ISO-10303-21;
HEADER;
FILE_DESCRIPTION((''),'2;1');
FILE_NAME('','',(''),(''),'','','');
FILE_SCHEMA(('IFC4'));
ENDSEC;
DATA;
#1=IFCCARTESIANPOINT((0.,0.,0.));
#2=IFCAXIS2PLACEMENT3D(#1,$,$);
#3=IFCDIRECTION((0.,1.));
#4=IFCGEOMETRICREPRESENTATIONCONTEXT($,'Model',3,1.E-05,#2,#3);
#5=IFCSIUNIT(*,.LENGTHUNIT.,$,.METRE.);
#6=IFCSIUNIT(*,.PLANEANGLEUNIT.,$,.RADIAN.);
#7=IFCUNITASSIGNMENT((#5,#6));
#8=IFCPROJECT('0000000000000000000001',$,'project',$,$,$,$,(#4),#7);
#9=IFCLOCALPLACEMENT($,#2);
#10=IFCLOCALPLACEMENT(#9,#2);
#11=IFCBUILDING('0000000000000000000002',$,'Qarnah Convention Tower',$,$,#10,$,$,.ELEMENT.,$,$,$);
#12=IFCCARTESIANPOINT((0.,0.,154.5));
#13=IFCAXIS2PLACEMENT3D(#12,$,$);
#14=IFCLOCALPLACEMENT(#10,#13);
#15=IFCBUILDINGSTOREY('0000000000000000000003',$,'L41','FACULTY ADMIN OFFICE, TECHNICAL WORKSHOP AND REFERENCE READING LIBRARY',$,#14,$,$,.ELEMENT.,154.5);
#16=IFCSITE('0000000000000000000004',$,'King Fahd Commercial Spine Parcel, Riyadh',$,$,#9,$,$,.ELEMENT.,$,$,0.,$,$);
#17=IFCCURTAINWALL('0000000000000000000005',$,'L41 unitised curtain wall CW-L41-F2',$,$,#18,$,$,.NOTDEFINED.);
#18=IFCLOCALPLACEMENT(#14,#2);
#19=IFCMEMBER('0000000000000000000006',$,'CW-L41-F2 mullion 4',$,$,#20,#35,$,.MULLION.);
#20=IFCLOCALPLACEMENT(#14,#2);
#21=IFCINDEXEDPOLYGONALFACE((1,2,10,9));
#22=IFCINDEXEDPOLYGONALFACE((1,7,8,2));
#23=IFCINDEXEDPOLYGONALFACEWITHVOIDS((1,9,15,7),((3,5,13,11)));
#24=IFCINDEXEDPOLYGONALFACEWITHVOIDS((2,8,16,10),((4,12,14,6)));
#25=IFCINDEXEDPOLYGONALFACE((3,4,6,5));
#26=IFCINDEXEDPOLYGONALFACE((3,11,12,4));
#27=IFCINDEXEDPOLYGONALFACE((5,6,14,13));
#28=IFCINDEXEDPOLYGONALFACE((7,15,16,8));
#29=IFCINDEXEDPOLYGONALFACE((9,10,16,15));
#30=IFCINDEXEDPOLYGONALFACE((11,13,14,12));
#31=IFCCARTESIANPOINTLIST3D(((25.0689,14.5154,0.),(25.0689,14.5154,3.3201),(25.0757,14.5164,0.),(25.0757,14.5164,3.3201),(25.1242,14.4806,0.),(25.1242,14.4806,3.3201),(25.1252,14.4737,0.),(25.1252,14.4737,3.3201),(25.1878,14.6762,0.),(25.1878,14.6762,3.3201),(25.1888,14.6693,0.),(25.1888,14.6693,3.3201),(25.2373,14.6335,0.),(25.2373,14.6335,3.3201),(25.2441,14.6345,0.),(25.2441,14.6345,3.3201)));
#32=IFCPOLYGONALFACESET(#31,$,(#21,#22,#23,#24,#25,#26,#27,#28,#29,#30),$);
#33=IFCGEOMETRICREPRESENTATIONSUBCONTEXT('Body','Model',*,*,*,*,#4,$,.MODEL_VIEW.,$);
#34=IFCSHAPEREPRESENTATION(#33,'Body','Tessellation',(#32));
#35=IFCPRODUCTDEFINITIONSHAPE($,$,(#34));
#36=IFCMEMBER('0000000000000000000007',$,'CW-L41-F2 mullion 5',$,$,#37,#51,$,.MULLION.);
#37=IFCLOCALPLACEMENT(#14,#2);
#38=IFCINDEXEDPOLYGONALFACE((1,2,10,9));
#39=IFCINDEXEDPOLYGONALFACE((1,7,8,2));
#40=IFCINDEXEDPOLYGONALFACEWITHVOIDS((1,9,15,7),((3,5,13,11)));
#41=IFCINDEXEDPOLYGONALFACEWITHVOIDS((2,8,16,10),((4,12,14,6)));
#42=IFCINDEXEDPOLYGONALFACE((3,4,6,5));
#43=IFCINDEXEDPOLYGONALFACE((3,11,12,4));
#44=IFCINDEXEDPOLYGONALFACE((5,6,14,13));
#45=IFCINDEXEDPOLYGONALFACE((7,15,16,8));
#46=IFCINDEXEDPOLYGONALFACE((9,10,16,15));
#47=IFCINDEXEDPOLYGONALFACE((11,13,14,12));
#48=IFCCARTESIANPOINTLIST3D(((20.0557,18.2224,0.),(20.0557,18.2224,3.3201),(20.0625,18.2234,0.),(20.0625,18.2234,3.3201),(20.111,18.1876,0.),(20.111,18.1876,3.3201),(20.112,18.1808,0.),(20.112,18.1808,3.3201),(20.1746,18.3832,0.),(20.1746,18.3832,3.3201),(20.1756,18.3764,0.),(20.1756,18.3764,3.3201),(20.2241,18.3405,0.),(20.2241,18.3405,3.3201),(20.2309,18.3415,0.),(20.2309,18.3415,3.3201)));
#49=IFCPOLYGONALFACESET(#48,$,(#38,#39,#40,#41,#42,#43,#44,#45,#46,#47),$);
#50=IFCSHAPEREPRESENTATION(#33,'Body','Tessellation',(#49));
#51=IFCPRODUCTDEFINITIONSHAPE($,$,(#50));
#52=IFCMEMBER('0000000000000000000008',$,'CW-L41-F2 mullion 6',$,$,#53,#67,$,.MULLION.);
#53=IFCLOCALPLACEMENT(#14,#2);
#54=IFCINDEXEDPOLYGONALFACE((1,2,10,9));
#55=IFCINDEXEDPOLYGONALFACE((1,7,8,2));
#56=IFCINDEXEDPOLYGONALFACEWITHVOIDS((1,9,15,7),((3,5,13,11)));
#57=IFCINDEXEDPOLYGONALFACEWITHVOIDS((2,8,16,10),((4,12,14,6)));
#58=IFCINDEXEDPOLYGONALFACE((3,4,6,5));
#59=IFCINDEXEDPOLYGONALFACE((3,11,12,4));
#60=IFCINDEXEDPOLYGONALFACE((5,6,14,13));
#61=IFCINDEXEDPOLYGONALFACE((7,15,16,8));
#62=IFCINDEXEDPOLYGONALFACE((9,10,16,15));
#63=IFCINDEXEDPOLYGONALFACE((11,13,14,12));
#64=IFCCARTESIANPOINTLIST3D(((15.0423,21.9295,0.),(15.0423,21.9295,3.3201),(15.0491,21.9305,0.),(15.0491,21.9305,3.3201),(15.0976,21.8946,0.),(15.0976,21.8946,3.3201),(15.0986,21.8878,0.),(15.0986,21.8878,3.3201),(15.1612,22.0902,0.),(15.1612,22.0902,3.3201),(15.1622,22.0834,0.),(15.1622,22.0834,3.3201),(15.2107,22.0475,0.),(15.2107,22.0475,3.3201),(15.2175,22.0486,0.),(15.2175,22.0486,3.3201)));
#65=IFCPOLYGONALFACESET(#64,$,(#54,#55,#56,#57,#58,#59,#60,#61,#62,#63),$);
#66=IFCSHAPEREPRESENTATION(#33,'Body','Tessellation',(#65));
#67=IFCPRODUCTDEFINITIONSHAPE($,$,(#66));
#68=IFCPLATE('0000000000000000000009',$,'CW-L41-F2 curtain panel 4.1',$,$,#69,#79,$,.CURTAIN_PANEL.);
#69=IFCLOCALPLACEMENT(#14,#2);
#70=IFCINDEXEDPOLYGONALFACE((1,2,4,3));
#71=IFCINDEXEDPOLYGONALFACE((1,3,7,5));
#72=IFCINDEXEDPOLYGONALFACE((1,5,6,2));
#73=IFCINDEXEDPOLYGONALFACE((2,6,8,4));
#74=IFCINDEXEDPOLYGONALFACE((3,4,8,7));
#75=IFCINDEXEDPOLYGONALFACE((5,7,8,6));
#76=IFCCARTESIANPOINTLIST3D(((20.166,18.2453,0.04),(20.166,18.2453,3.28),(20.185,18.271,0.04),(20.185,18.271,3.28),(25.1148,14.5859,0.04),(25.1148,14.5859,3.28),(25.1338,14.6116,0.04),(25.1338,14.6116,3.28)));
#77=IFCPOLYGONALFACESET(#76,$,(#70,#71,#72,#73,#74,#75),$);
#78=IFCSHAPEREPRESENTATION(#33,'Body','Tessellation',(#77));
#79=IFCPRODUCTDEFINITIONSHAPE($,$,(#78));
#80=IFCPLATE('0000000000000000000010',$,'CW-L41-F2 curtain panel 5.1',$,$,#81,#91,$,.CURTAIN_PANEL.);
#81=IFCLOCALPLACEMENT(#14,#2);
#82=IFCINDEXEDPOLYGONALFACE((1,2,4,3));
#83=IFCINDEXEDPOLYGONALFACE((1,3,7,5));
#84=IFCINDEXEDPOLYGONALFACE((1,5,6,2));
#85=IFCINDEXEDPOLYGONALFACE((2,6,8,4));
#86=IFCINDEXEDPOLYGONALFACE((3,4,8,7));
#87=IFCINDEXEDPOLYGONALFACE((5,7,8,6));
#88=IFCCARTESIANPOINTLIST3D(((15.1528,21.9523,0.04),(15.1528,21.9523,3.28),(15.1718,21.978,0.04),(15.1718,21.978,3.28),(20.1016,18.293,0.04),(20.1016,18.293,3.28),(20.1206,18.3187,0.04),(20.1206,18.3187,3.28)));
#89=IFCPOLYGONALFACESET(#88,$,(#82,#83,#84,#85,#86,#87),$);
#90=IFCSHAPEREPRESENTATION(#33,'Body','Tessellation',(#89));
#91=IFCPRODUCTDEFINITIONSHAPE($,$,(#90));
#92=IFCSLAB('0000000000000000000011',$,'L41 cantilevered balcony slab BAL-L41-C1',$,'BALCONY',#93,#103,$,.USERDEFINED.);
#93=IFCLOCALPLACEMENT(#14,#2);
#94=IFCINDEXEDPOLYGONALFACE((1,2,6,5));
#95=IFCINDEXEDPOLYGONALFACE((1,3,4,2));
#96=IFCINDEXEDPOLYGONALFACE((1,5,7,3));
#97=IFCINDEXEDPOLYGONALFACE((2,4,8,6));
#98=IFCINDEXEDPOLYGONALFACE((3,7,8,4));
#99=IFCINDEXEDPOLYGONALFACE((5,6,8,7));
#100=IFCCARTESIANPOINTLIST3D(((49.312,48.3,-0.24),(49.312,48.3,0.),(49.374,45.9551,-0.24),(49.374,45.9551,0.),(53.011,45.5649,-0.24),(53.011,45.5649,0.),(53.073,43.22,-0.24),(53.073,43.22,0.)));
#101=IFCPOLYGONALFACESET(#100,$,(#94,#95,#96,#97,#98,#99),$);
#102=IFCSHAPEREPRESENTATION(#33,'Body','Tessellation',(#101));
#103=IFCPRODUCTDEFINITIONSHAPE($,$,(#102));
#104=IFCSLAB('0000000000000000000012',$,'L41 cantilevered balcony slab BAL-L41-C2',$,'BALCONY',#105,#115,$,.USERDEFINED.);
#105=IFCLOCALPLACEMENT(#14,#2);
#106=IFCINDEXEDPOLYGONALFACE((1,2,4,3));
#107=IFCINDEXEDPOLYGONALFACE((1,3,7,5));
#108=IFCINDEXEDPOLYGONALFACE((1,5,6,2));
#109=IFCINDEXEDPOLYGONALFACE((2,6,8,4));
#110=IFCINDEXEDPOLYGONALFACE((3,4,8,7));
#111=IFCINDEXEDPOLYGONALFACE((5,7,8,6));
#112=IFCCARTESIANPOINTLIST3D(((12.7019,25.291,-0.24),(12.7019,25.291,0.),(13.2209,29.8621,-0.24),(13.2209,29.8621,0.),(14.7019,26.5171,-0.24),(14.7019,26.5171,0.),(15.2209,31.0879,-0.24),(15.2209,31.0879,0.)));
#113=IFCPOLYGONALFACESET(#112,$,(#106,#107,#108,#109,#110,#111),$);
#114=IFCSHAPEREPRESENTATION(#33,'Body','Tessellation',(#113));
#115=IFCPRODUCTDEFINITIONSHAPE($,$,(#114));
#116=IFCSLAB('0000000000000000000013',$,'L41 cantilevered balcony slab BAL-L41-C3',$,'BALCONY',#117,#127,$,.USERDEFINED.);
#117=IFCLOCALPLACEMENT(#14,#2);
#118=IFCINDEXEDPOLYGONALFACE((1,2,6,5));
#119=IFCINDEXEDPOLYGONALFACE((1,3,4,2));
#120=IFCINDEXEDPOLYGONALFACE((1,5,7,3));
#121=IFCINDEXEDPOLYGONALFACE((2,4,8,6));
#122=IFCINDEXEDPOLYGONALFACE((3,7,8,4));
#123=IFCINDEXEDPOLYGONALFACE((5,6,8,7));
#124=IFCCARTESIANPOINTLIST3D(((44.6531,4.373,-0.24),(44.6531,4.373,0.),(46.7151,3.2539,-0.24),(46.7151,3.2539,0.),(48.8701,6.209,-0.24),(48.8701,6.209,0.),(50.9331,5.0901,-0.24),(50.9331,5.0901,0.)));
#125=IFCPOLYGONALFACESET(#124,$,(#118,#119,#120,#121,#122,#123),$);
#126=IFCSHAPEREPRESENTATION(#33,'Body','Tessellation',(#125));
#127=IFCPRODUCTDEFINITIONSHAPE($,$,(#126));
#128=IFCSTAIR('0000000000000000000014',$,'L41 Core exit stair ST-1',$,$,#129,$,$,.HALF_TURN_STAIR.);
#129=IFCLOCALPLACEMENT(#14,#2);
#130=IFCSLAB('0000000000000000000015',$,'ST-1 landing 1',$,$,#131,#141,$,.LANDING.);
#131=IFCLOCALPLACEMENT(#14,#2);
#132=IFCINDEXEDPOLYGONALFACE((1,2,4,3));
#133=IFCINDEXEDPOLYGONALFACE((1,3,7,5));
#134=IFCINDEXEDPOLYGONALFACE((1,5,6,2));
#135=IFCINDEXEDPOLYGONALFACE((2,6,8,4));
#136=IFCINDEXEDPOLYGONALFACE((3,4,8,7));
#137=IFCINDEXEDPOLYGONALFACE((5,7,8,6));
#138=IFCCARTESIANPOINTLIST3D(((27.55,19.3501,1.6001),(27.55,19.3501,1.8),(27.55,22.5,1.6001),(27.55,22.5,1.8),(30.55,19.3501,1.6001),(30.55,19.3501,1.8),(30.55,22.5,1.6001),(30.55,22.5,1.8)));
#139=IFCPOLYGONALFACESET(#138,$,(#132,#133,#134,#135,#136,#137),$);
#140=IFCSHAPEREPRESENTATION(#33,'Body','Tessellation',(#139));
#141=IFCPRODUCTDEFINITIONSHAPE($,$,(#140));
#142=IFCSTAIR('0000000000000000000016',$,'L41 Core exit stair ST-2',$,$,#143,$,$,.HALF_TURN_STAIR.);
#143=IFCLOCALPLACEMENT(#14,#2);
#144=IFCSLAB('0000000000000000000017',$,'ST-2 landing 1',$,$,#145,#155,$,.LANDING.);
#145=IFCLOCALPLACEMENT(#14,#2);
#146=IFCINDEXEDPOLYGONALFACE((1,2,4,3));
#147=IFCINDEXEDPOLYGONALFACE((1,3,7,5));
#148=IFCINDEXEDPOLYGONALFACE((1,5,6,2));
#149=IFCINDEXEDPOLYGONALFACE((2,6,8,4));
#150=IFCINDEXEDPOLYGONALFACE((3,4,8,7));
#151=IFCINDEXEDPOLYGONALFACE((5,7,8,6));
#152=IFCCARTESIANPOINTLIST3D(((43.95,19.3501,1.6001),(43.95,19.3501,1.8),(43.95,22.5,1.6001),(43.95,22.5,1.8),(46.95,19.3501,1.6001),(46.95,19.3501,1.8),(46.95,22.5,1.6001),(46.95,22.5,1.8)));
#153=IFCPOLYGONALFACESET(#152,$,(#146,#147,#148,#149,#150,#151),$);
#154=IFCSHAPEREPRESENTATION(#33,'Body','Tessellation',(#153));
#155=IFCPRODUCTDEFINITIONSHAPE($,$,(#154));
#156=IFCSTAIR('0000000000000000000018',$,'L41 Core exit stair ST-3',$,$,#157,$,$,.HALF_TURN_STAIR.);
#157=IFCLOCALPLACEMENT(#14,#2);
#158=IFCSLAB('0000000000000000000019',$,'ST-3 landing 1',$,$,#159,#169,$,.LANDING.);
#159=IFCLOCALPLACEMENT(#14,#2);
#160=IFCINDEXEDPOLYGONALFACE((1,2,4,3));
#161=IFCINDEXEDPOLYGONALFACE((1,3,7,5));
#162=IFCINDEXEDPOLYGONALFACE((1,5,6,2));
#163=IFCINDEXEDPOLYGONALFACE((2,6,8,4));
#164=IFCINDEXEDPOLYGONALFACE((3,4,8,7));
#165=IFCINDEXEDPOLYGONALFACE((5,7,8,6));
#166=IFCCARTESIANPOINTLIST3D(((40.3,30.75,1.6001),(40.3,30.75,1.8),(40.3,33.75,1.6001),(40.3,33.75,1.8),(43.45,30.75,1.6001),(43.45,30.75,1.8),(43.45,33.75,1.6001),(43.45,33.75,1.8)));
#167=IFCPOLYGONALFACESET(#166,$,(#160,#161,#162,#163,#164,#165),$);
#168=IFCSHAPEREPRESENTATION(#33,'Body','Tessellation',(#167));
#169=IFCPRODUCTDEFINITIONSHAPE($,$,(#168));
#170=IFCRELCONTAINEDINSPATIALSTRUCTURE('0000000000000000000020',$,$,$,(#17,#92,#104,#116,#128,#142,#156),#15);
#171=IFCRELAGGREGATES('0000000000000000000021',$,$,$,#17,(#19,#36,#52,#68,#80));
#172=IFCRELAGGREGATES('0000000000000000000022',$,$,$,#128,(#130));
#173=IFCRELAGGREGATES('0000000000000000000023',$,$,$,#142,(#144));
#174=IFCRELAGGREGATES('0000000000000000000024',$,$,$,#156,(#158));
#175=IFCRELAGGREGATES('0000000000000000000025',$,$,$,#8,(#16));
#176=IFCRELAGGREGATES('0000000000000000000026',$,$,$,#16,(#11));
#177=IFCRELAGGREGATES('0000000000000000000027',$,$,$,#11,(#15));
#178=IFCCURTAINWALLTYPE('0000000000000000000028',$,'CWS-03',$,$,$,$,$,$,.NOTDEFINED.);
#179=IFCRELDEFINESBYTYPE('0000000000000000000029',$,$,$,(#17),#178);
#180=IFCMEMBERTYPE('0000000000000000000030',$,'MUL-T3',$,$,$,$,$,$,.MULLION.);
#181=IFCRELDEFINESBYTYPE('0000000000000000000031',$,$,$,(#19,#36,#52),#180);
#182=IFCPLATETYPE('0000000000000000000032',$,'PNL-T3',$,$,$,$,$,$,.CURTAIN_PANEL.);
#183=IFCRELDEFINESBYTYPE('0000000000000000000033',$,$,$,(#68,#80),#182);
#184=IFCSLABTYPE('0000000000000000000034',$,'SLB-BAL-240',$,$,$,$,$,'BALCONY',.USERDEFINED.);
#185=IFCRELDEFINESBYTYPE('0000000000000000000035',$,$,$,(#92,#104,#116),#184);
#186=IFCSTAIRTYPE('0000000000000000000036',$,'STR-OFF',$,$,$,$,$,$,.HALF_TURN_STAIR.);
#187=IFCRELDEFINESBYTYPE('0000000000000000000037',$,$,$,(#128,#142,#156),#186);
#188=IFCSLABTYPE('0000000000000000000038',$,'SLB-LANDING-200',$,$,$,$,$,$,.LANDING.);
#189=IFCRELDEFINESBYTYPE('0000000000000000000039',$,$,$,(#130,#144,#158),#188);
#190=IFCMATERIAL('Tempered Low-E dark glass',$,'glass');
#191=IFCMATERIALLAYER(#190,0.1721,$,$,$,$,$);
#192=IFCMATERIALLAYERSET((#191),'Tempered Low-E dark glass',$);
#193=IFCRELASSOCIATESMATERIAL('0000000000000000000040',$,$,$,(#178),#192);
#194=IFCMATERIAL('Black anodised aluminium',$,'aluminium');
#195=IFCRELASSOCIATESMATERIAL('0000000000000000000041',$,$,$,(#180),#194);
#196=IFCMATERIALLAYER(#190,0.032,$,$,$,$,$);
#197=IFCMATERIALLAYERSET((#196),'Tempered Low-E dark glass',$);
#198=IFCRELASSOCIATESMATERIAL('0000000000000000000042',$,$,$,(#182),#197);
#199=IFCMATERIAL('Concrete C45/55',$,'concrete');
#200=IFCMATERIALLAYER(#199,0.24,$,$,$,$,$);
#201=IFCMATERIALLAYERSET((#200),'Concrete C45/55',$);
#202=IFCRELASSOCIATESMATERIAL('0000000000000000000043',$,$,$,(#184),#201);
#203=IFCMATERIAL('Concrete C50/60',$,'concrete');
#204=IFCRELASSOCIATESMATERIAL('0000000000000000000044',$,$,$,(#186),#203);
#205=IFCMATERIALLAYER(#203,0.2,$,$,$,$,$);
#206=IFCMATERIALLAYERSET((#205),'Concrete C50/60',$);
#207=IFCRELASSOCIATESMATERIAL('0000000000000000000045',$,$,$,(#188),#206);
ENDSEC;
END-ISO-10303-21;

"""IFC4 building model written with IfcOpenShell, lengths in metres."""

from ifc_helpers import new_model, si_unit, direction, frame, origin, origin_2d, place, context, subcontext, project, spatial, polyline, rectangle, hollow_rectangle, outline, extrude, material, layer, layer_set, material_profile, profile_set, type_object, element, aggregate, save


model = new_model("IFC4")

# Units and contexts
model_context = context("Model", 3, precision=1e-05, world=origin(), true_north=direction((0.0, 1.0)))
body_context = subcontext(model_context, "Body", "Model", "MODEL_VIEW")
ifc_project = project(units=[si_unit("LENGTHUNIT", "METRE"), si_unit("PLANEANGLEUNIT", "RADIAN")], contexts=[model_context])

# Site, building, storey
site_placement = place(None, origin())
site = spatial("IfcSite", under=ifc_project, at=site_placement, Name="King Fahd Commercial Spine Parcel, Riyadh", CompositionType="ELEMENT", RefElevation=0.0)
building_placement = place(site_placement, origin())
building = spatial("IfcBuilding", under=site, at=building_placement, Name="Qarnah Convention Tower", CompositionType="ELEMENT")
storey_placement = place(building_placement, frame((0.0, 0.0, 154.5)))
storey = spatial("IfcBuildingStorey", under=building, at=storey_placement, Name="L41", Description="FACULTY ADMIN OFFICE, TECHNICAL WORKSHOP AND REFERENCE READING LIBRARY", CompositionType="ELEMENT", Elevation=154.5)

# Curtain wall, members, plates
ifc_material_1 = material(Name="Tempered Low-E dark glass", Category="glass")
ifc_layer_1 = layer(ifc_material_1, 0.1721)
ifc_layer_set_1 = layer_set([ifc_layer_1], Name="Tempered Low-E dark glass")
curtain_wall_type = type_object("IfcCurtainWallType", Name="CWS-03", PredefinedType="NOTDEFINED", material=ifc_layer_set_1)
curtain_wall_placement = place(storey_placement, origin())
curtain_wall = element("IfcCurtainWall", 1, at=curtain_wall_placement, inside=storey, type_object=curtain_wall_type, Name="L41 unitised curtain wall CW-L41-F2", PredefinedType="NOTDEFINED")
ifc_material_2 = material(Name="Black anodised aluminium", Category="aluminium")
ifc_material_profile_1 = material_profile(ifc_material_2, hollow_rectangle(XDim=0.0701, YDim=0.2, WallThickness=0.0049, at=origin_2d()), Name="MUL-70X200")
ifc_profile_set_1 = profile_set([ifc_material_profile_1], Name="Black anodised aluminium")
member_type = type_object("IfcMemberType", Name="MUL-T3", PredefinedType="MULLION", material=ifc_profile_set_1)
member_1_placement = place(storey_placement, frame((25.1565, 14.575, 0.0), z_axis=(0.0, 0.0, 1.0), x_axis=(-0.804054, 0.594556, 0.0)))
member_1 = element("IfcMember", 2, at=member_1_placement, type_object=member_type, Name="CW-L41-F2 mullion 4", PredefinedType="MULLION", context=body_context, shape_type="SweptSolid", body=[
    extrude(hollow_rectangle(XDim=0.0701, YDim=0.2, WallThickness=0.0049, at=origin_2d()), origin(), (0.0, 0.0, 1.0), 3.3201),
])
member_2_placement = place(storey_placement, frame((20.1433, 18.282, 0.0), z_axis=(0.0, 0.0, 1.0), x_axis=(-0.804054, 0.594556, 0.0)))
member_2 = element("IfcMember", 3, at=member_2_placement, type_object=member_type, Name="CW-L41-F2 mullion 5", PredefinedType="MULLION", context=body_context, shape_type="SweptSolid", body=[
    extrude(hollow_rectangle(XDim=0.0701, YDim=0.2, WallThickness=0.0049, at=origin_2d()), origin(), (0.0, 0.0, 1.0), 3.3201),
])
member_3_placement = place(storey_placement, frame((15.1299, 21.989, 0.0), z_axis=(0.0, 0.0, 1.0), x_axis=(-0.804054, 0.594556, 0.0)))
member_3 = element("IfcMember", 4, at=member_3_placement, type_object=member_type, Name="CW-L41-F2 mullion 6", PredefinedType="MULLION", context=body_context, shape_type="SweptSolid", body=[
    extrude(hollow_rectangle(XDim=0.0701, YDim=0.2, WallThickness=0.0049, at=origin_2d()), origin(), (0.0, 0.0, 1.0), 3.3201),
])
ifc_layer_2 = layer(ifc_material_1, 0.032)
ifc_layer_set_2 = layer_set([ifc_layer_2], Name="Tempered Low-E dark glass")
plate_type = type_object("IfcPlateType", Name="PNL-T3", PredefinedType="CURTAIN_PANEL", material=ifc_layer_set_2)
plate_1_placement = place(storey_placement, frame((22.6499, 16.4285, 0.04), z_axis=(0.0, 0.0, 1.0), x_axis=(-0.804054, 0.594556, 0.0)))
plate_1 = element("IfcPlate", 5, at=plate_1_placement, type_object=plate_type, Name="CW-L41-F2 curtain panel 4.1", PredefinedType="CURTAIN_PANEL", context=body_context, shape_type="SweptSolid", body=[
    extrude(rectangle(XDim=6.1548, YDim=0.032, at=origin_2d()), origin(), (0.0, 0.0, 1.0), 3.24),
])
plate_2_placement = place(storey_placement, frame((17.6367, 20.1355, 0.04), z_axis=(0.0, 0.0, 1.0), x_axis=(-0.804054, 0.594556, 0.0)))
plate_2 = element("IfcPlate", 6, at=plate_2_placement, type_object=plate_type, Name="CW-L41-F2 curtain panel 5.1", PredefinedType="CURTAIN_PANEL", context=body_context, shape_type="SweptSolid", body=[
    extrude(rectangle(XDim=6.1548, YDim=0.032, at=origin_2d()), origin(), (0.0, 0.0, 1.0), 3.24),
])
aggregate(curtain_wall, [member_1, member_2, member_3, plate_1, plate_2])

# Slabs
ifc_material_3 = material(Name="Concrete C45/55", Category="concrete")
ifc_layer_3 = layer(ifc_material_3, 0.24)
ifc_layer_set_3 = layer_set([ifc_layer_3], Name="Concrete C45/55")
slab_type_1 = type_object("IfcSlabType", Name="SLB-BAL-240", ElementType="BALCONY", PredefinedType="USERDEFINED", material=ifc_layer_set_3)
slab_1_placement = place(storey_placement, frame((0.0, 0.0, -0.24)))
element("IfcSlab", 7, at=slab_1_placement, inside=storey, type_object=slab_type_1, Name="L41 cantilevered balcony slab BAL-L41-C1", ObjectType="BALCONY", PredefinedType="USERDEFINED", context=body_context, shape_type="SweptSolid", body=[
    extrude(outline(polyline([(49.312, 48.3), (53.011, 45.5649), (53.073, 43.22), (49.374, 45.9551), (49.312, 48.3)])), origin(), (0.0, 0.0, 1.0), 0.24),
])
slab_2_placement = place(storey_placement, frame((0.0, 0.0, -0.24)))
element("IfcSlab", 8, at=slab_2_placement, inside=storey, type_object=slab_type_1, Name="L41 cantilevered balcony slab BAL-L41-C2", ObjectType="BALCONY", PredefinedType="USERDEFINED", context=body_context, shape_type="SweptSolid", body=[
    extrude(outline(polyline([(12.7019, 25.291), (13.2209, 29.8621), (15.2209, 31.0879), (14.7019, 26.5171), (12.7019, 25.291)])), origin(), (0.0, 0.0, 1.0), 0.24),
])
slab_3_placement = place(storey_placement, frame((0.0, 0.0, -0.24)))
element("IfcSlab", 9, at=slab_3_placement, inside=storey, type_object=slab_type_1, Name="L41 cantilevered balcony slab BAL-L41-C3", ObjectType="BALCONY", PredefinedType="USERDEFINED", context=body_context, shape_type="SweptSolid", body=[
    extrude(outline(polyline([(50.9331, 5.0901), (46.7151, 3.2539), (44.6531, 4.373), (48.8701, 6.209), (50.9331, 5.0901)])), origin(), (0.0, 0.0, 1.0), 0.24),
])

# Stairs, slabs
ifc_material_4 = material(Name="Concrete C50/60", Category="concrete")
stair_type = type_object("IfcStairType", Name="STR-OFF", PredefinedType="HALF_TURN_STAIR", material=ifc_material_4)
stair_1_placement = place(storey_placement, origin())
stair_1 = element("IfcStair", 10, at=stair_1_placement, inside=storey, type_object=stair_type, Name="L41 Core exit stair ST-1", PredefinedType="HALF_TURN_STAIR")
ifc_layer_4 = layer(ifc_material_4, 0.2)
ifc_layer_set_4 = layer_set([ifc_layer_4], Name="Concrete C50/60")
slab_type_2 = type_object("IfcSlabType", Name="SLB-LANDING-200", PredefinedType="LANDING", material=ifc_layer_set_4)
slab_4_placement = place(storey_placement, frame((0.0, 0.0, 1.6001)))
slab_4 = element("IfcSlab", 11, at=slab_4_placement, type_object=slab_type_2, Name="ST-1 landing 1", PredefinedType="LANDING", context=body_context, shape_type="SweptSolid", body=[
    extrude(outline(polyline([(27.55, 22.5), (27.55, 19.3501), (30.55, 19.3501), (30.55, 22.5), (27.55, 22.5)])), origin(), (0.0, 0.0, 1.0), 0.2),
])
aggregate(stair_1, [slab_4])
stair_2_placement = place(storey_placement, origin())
stair_2 = element("IfcStair", 12, at=stair_2_placement, inside=storey, type_object=stair_type, Name="L41 Core exit stair ST-2", PredefinedType="HALF_TURN_STAIR")
slab_5_placement = place(storey_placement, frame((0.0, 0.0, 1.6001)))
slab_5 = element("IfcSlab", 13, at=slab_5_placement, type_object=slab_type_2, Name="ST-2 landing 1", PredefinedType="LANDING", context=body_context, shape_type="SweptSolid", body=[
    extrude(outline(polyline([(43.95, 22.5), (43.95, 19.3501), (46.95, 19.3501), (46.95, 22.5), (43.95, 22.5)])), origin(), (0.0, 0.0, 1.0), 0.2),
])
aggregate(stair_2, [slab_5])
stair_3_placement = place(storey_placement, origin())
stair_3 = element("IfcStair", 14, at=stair_3_placement, inside=storey, type_object=stair_type, Name="L41 Core exit stair ST-3", PredefinedType="HALF_TURN_STAIR")
slab_6_placement = place(storey_placement, frame((0.0, 0.0, 1.6001)))
slab_6 = element("IfcSlab", 15, at=slab_6_placement, type_object=slab_type_2, Name="ST-3 landing 1", PredefinedType="LANDING", context=body_context, shape_type="SweptSolid", body=[
    extrude(outline(polyline([(40.3, 30.75), (43.45, 30.75), (43.45, 33.75), (40.3, 33.75), (40.3, 30.75)])), origin(), (0.0, 0.0, 1.0), 0.2),
])
aggregate(stair_3, [slab_6])

save(model, "model.ifc")
